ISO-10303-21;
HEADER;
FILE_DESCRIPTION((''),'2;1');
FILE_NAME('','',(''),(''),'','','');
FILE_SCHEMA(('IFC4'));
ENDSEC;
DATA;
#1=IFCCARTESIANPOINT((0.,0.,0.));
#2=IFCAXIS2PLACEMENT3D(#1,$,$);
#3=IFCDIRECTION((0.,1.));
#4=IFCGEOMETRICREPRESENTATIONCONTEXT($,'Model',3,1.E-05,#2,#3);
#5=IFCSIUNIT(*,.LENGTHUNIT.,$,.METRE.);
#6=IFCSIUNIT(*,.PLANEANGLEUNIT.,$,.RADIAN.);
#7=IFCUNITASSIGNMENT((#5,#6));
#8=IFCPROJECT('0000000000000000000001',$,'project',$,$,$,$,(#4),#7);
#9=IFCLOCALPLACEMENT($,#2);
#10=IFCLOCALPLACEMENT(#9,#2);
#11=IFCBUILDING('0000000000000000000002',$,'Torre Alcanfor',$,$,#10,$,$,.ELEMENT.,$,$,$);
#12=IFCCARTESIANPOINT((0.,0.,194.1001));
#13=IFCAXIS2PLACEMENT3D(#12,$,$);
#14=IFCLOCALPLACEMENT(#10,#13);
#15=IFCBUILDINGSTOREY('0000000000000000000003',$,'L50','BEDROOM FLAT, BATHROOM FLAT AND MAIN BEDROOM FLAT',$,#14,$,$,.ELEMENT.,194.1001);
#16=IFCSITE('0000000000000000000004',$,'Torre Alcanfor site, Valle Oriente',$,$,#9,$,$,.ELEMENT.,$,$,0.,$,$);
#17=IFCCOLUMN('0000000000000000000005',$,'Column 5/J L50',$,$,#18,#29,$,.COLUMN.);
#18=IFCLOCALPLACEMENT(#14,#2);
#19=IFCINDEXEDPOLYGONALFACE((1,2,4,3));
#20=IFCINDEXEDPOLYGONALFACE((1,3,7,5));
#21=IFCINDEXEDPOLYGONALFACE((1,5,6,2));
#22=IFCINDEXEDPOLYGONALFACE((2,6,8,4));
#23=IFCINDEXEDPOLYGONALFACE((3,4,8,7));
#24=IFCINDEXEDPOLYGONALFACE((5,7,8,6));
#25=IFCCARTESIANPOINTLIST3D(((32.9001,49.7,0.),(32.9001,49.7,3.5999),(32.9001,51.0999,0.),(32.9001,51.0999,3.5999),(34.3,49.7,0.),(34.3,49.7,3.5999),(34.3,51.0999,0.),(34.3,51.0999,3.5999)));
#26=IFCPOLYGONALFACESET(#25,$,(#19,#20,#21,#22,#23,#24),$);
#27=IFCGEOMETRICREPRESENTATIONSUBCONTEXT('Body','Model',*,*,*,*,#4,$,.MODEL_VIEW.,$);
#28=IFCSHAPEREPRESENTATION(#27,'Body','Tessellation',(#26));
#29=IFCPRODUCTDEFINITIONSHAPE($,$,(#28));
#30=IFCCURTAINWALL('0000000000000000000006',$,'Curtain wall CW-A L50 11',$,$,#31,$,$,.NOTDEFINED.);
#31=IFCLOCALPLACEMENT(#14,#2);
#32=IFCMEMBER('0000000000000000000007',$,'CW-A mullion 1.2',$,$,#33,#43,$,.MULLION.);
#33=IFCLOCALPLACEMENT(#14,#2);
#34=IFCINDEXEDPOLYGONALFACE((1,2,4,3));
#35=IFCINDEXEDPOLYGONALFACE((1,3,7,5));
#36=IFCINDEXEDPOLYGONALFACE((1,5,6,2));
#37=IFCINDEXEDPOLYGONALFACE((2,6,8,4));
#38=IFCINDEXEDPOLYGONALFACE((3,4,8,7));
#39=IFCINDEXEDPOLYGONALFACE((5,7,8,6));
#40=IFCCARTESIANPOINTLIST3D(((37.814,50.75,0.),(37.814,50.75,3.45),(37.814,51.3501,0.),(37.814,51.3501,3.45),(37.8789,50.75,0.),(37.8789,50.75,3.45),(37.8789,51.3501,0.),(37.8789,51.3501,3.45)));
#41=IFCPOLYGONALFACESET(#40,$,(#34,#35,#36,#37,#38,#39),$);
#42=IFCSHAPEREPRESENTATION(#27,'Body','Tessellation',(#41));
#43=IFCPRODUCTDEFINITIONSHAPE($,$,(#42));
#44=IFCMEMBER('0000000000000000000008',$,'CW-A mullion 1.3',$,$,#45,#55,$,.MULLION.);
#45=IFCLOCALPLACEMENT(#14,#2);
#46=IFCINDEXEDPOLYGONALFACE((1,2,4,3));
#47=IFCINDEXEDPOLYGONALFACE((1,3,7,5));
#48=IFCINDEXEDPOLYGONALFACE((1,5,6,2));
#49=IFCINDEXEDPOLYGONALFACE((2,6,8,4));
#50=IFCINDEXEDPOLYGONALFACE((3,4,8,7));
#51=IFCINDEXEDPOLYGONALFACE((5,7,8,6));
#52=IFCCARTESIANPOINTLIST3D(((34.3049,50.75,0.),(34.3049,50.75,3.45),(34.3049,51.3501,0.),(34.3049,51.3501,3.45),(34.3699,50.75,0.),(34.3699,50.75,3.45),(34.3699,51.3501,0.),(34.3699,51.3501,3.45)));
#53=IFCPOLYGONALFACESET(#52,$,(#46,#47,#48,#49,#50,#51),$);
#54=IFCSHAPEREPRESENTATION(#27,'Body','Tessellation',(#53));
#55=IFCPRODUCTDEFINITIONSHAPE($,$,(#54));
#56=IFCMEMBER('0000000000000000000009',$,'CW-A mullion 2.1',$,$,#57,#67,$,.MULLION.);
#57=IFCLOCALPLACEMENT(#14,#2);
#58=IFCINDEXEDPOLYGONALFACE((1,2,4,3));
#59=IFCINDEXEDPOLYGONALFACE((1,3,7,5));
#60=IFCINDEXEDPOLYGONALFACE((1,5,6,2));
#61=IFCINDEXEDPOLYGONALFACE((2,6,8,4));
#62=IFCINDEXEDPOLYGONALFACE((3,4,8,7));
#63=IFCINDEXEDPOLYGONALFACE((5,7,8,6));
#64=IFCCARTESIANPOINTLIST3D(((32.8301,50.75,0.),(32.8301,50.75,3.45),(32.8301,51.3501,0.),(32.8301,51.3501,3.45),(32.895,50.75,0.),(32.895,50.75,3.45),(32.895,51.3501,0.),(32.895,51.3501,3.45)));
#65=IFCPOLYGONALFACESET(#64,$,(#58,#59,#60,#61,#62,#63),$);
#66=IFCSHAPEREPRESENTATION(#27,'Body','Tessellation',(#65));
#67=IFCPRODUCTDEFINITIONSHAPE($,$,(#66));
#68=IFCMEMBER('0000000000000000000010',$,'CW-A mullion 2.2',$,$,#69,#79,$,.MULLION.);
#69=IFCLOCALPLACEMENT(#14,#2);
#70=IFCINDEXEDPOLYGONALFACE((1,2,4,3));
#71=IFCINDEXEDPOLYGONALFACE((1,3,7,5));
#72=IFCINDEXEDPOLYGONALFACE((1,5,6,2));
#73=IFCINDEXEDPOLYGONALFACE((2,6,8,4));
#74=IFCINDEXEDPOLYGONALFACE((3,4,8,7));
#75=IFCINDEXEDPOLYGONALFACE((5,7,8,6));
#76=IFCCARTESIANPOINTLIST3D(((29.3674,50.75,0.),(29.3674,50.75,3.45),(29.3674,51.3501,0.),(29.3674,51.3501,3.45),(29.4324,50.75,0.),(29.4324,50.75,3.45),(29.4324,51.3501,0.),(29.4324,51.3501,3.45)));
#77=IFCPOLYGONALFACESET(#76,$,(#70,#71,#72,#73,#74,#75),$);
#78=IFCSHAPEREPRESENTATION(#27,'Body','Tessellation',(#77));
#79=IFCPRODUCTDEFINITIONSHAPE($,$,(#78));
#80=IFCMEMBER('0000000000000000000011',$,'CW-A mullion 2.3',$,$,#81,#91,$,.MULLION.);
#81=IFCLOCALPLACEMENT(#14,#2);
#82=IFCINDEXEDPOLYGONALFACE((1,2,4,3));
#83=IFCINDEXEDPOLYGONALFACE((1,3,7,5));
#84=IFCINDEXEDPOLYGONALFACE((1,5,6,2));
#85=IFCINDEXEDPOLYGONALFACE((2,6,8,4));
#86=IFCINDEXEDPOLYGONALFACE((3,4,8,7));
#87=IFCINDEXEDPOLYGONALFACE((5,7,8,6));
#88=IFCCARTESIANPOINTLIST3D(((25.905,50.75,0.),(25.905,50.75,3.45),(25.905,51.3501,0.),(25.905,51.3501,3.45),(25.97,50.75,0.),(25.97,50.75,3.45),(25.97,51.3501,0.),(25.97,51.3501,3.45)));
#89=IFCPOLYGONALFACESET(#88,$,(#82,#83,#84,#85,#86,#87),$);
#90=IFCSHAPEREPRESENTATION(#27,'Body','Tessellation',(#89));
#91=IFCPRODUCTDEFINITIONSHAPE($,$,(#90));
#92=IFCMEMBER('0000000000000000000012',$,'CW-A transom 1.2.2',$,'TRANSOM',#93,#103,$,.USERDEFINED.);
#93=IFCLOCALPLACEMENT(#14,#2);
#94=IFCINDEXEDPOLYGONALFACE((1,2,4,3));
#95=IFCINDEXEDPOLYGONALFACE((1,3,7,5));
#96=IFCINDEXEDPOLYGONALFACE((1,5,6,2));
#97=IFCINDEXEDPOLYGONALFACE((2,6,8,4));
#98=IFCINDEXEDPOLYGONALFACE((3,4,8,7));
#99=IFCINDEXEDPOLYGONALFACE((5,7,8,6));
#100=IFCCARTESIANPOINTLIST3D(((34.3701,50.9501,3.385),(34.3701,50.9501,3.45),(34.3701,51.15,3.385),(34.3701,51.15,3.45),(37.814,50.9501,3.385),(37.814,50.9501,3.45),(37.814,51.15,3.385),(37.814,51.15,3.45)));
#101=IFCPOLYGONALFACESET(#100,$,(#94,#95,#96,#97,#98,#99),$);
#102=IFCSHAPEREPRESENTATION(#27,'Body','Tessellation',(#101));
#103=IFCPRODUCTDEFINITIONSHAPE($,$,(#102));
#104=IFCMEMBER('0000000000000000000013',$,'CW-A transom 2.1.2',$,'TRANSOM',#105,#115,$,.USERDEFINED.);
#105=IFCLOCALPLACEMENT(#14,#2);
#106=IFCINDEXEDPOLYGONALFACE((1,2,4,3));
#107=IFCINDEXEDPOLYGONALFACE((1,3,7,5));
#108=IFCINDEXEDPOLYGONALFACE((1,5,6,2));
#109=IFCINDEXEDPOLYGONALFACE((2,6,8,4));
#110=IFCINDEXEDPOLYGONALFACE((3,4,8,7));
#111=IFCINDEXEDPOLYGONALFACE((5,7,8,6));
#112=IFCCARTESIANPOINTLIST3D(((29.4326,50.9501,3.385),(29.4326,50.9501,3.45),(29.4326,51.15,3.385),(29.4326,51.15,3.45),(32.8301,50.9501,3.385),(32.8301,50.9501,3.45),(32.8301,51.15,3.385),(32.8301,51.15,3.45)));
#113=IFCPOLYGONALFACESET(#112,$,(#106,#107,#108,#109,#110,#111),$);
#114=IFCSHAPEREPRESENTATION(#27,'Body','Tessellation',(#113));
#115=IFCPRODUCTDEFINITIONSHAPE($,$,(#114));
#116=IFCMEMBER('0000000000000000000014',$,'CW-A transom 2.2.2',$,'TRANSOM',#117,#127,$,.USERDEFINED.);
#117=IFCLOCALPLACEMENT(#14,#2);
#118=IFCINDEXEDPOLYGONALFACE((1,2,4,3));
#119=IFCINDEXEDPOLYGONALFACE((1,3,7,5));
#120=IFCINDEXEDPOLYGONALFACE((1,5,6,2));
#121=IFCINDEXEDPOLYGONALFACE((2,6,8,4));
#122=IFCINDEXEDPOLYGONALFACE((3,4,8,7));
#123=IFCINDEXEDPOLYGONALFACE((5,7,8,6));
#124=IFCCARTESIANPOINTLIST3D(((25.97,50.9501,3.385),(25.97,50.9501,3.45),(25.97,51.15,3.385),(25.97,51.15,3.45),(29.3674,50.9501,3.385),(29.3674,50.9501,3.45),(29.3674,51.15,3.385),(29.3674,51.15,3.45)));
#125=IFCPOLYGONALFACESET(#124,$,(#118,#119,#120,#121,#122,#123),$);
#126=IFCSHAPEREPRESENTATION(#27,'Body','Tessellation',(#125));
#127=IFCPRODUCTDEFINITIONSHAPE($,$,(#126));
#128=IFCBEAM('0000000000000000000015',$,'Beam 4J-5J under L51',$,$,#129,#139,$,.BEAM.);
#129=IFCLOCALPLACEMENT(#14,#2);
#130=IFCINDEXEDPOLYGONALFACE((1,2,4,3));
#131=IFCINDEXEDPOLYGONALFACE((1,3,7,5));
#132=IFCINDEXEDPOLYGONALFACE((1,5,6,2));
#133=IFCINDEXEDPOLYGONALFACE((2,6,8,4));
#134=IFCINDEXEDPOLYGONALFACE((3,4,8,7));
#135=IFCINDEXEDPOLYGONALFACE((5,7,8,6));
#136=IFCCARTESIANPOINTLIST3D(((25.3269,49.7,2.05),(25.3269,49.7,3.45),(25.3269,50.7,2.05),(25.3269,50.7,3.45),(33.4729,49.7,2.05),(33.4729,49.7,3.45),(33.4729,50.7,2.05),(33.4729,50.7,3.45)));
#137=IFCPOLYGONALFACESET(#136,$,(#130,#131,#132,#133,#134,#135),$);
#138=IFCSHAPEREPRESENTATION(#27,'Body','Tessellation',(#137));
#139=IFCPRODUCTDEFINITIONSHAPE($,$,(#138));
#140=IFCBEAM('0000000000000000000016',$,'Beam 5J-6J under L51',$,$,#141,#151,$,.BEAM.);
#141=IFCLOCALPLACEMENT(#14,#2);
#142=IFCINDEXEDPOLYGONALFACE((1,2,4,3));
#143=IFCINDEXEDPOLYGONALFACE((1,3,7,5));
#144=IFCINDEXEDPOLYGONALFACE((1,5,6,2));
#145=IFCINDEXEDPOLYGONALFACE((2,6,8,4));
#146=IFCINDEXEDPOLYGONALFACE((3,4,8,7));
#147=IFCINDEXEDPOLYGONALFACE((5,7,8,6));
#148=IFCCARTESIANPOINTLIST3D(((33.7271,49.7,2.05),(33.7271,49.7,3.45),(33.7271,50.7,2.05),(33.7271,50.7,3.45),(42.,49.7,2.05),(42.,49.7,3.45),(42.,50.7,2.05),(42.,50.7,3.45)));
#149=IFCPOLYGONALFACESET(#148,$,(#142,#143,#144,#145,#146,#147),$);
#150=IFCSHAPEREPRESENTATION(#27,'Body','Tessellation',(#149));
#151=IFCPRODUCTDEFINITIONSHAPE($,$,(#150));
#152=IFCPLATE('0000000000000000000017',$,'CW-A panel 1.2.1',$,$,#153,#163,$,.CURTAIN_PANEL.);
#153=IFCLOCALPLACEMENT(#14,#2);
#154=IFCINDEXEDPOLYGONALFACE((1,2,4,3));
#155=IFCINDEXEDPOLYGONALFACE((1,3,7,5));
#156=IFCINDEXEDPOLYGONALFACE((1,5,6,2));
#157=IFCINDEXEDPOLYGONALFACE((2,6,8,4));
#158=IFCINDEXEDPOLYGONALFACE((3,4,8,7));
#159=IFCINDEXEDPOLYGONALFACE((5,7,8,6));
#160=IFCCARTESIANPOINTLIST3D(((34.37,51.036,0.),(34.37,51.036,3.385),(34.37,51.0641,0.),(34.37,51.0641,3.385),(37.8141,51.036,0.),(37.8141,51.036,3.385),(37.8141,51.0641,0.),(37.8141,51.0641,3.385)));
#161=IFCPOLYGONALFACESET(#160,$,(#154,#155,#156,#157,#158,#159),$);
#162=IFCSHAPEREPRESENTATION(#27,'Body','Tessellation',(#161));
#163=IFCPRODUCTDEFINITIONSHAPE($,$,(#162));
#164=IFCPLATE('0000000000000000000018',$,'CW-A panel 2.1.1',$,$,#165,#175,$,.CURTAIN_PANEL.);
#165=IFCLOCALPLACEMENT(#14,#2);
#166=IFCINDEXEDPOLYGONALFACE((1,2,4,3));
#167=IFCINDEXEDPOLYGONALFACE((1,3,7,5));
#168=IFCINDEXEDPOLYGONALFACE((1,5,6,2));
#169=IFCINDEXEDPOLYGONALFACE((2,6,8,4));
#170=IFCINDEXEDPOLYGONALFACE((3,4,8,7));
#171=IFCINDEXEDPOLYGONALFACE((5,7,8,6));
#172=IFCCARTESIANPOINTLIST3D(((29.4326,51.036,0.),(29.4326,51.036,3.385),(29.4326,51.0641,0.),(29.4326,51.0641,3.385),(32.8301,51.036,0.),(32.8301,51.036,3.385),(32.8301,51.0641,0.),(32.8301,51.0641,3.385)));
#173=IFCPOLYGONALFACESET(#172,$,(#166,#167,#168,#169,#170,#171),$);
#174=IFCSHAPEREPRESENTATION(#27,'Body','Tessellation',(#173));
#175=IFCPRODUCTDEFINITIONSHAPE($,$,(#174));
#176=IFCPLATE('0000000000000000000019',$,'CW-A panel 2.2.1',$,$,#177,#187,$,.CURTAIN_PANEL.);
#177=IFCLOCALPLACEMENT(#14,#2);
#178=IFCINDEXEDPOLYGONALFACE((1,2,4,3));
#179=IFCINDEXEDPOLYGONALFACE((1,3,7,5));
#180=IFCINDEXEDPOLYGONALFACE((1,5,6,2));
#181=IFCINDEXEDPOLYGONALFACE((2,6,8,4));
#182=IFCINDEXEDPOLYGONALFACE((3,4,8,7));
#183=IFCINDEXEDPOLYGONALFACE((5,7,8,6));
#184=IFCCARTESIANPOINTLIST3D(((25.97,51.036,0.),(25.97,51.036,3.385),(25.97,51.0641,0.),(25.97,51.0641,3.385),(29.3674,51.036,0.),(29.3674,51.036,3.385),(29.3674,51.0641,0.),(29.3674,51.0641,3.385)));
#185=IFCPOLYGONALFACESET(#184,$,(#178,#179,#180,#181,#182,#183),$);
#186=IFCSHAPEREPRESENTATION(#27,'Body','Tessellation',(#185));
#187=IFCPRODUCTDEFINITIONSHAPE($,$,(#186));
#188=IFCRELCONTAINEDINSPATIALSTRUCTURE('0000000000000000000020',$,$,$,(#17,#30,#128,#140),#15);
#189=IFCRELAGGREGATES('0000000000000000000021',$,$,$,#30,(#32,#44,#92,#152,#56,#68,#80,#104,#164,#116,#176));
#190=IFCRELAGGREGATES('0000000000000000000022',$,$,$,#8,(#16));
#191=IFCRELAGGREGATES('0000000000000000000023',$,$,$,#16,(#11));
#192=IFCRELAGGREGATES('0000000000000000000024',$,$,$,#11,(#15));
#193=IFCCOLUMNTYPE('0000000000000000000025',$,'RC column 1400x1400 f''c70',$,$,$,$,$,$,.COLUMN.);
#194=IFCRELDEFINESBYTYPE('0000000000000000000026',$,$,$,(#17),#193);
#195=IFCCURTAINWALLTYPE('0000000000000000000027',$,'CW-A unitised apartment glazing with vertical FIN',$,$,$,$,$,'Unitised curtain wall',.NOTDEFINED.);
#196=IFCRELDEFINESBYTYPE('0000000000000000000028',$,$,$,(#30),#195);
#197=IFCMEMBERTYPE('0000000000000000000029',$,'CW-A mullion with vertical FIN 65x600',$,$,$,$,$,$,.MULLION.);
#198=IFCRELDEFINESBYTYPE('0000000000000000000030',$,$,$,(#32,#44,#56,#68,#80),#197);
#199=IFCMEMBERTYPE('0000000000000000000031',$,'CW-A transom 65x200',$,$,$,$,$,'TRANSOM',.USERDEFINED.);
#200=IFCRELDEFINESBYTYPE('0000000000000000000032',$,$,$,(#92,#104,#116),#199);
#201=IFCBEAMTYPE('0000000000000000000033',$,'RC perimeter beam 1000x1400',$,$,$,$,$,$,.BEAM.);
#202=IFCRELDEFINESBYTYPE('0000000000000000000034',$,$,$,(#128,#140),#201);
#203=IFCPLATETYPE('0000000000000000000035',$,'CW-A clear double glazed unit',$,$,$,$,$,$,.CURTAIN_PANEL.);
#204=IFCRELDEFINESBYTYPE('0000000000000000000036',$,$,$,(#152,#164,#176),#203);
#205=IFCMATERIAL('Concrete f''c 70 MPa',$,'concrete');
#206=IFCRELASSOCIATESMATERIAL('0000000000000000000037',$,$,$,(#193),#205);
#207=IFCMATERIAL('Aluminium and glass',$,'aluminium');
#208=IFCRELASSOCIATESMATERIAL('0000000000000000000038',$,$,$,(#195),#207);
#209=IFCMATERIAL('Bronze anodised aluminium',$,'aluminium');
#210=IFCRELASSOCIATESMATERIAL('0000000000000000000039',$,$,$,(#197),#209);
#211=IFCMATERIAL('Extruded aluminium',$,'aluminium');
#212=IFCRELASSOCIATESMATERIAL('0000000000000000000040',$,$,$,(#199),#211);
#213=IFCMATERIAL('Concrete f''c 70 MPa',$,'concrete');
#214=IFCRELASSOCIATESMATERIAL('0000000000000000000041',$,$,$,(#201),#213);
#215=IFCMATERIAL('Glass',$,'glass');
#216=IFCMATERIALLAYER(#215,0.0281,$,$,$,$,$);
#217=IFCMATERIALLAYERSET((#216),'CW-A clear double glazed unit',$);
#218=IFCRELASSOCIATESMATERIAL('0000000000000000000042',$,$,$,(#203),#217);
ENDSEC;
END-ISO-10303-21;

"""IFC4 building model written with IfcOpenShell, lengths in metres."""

from ifc_helpers import new_model, si_unit, direction, frame, origin, origin_2d, place, context, subcontext, project, spatial, rectangle, extrude, material, layer, layer_set, material_profile, profile_set, type_object, element, aggregate, save


model = new_model("IFC4")

# Units and contexts
model_context = context("Model", 3, precision=1e-05, world=origin(), true_north=direction((0.0, 1.0)))
body_context = subcontext(model_context, "Body", "Model", "MODEL_VIEW")
ifc_project = project(units=[si_unit("LENGTHUNIT", "METRE"), si_unit("PLANEANGLEUNIT", "RADIAN")], contexts=[model_context])

# Site, building, storey
site_placement = place(None, origin())
site = spatial("IfcSite", under=ifc_project, at=site_placement, Name="Torre Alcanfor site, Valle Oriente", CompositionType="ELEMENT", RefElevation=0.0)
building_placement = place(site_placement, origin())
building = spatial("IfcBuilding", under=site, at=building_placement, Name="Torre Alcanfor", CompositionType="ELEMENT")
storey_placement = place(building_placement, frame((0.0, 0.0, 194.1001)))
storey = spatial("IfcBuildingStorey", under=building, at=storey_placement, Name="L50", Description="BEDROOM FLAT, BATHROOM FLAT AND MAIN BEDROOM FLAT", CompositionType="ELEMENT", Elevation=194.1001)

# Column
ifc_material_1 = material(Name="Concrete f'c 70 MPa", Category="concrete")
ifc_material_profile_1 = material_profile(ifc_material_1, rectangle(XDim=1.3999, YDim=1.3999, at=origin_2d()), Name="1400x1400")
ifc_profile_set_1 = profile_set([ifc_material_profile_1], Name="Concrete f'c 70 MPa")
column_type = type_object("IfcColumnType", Name="RC column 1400x1400 f'c70", PredefinedType="COLUMN", material=ifc_profile_set_1)
column_placement = place(storey_placement, frame((33.6001, 50.3999, 0.0), z_axis=(0.0, 0.0, 1.0), x_axis=(1.0, 0.0, 0.0)))
element("IfcColumn", 1, at=column_placement, inside=storey, type_object=column_type, Name="Column 5/J L50", PredefinedType="COLUMN", context=body_context, shape_type="SweptSolid", body=[
    extrude(rectangle(XDim=1.3999, YDim=1.3999, at=origin_2d()), origin(), (0.0, 0.0, 1.0), 3.5999),
])

# Curtain wall, members
ifc_material_2 = material(Name="Aluminium and glass", Category="aluminium")
curtain_wall_type = type_object("IfcCurtainWallType", Name="CW-A unitised apartment glazing with vertical FIN", ElementType="Unitised curtain wall", PredefinedType="NOTDEFINED", material=ifc_material_2)
curtain_wall_placement = place(storey_placement, origin())
curtain_wall = element("IfcCurtainWall", 2, at=curtain_wall_placement, inside=storey, type_object=curtain_wall_type, Name="Curtain wall CW-A L50 11", PredefinedType="NOTDEFINED")
ifc_material_3 = material(Name="Bronze anodised aluminium", Category="aluminium")
ifc_material_profile_2 = material_profile(ifc_material_3, rectangle(XDim=0.6001, YDim=0.0649, at=origin_2d()), Name="CW-A mullion 65x600")
ifc_profile_set_2 = profile_set([ifc_material_profile_2], Name="Bronze anodised aluminium")
member_type_1 = type_object("IfcMemberType", Name="CW-A mullion with vertical FIN 65x600", PredefinedType="MULLION", material=ifc_profile_set_2)
member_1_placement = place(storey_placement, frame((37.8464, 51.05, 0.0), z_axis=(0.0, 0.0, 1.0), x_axis=(0.0, -1.0, 0.0)))
member_1 = element("IfcMember", 3, at=member_1_placement, type_object=member_type_1, Name="CW-A mullion 1.2", PredefinedType="MULLION", context=body_context, shape_type="SweptSolid", body=[
    extrude(rectangle(XDim=0.6001, YDim=0.0649, at=origin_2d()), origin(), (0.0, 0.0, 1.0), 3.45),
])
member_2_placement = place(storey_placement, frame((34.3374, 51.05, 0.0), z_axis=(0.0, 0.0, 1.0), x_axis=(0.0, -1.0, 0.0)))
member_2 = element("IfcMember", 4, at=member_2_placement, type_object=member_type_1, Name="CW-A mullion 1.3", PredefinedType="MULLION", context=body_context, shape_type="SweptSolid", body=[
    extrude(rectangle(XDim=0.6001, YDim=0.0649, at=origin_2d()), origin(), (0.0, 0.0, 1.0), 3.45),
])
member_3_placement = place(storey_placement, frame((32.8625, 51.05, 0.0), z_axis=(0.0, 0.0, 1.0), x_axis=(0.0, -1.0, 0.0)))
member_3 = element("IfcMember", 5, at=member_3_placement, type_object=member_type_1, Name="CW-A mullion 2.1", PredefinedType="MULLION", context=body_context, shape_type="SweptSolid", body=[
    extrude(rectangle(XDim=0.6001, YDim=0.0649, at=origin_2d()), origin(), (0.0, 0.0, 1.0), 3.45),
])
member_4_placement = place(storey_placement, frame((29.3999, 51.05, 0.0), z_axis=(0.0, 0.0, 1.0), x_axis=(0.0, -1.0, 0.0)))
member_4 = element("IfcMember", 6, at=member_4_placement, type_object=member_type_1, Name="CW-A mullion 2.2", PredefinedType="MULLION", context=body_context, shape_type="SweptSolid", body=[
    extrude(rectangle(XDim=0.6001, YDim=0.0649, at=origin_2d()), origin(), (0.0, 0.0, 1.0), 3.45),
])
member_5_placement = place(storey_placement, frame((25.9375, 51.05, 0.0), z_axis=(0.0, 0.0, 1.0), x_axis=(0.0, -1.0, 0.0)))
member_5 = element("IfcMember", 7, at=member_5_placement, type_object=member_type_1, Name="CW-A mullion 2.3", PredefinedType="MULLION", context=body_context, shape_type="SweptSolid", body=[
    extrude(rectangle(XDim=0.6001, YDim=0.0649, at=origin_2d()), origin(), (0.0, 0.0, 1.0), 3.45),
])
ifc_material_4 = material(Name="Extruded aluminium", Category="aluminium")
ifc_material_profile_3 = material_profile(ifc_material_4, rectangle(XDim=0.2, YDim=0.0649, at=origin_2d()), Name="CW-A transom 200x65")
ifc_profile_set_3 = profile_set([ifc_material_profile_3], Name="Extruded aluminium")
member_type_2 = type_object("IfcMemberType", Name="CW-A transom 65x200", ElementType="TRANSOM", PredefinedType="USERDEFINED", material=ifc_profile_set_3)
member_6_placement = place(storey_placement, frame((37.814, 51.05, 3.4175), z_axis=(-1.0, 0.0, 0.0), x_axis=(0.0, -1.0, 0.0)))
member_6 = element("IfcMember", 8, at=member_6_placement, type_object=member_type_2, Name="CW-A transom 1.2.2", ObjectType="TRANSOM", PredefinedType="USERDEFINED", context=body_context, shape_type="SweptSolid", body=[
    extrude(rectangle(XDim=0.2, YDim=0.0649, at=origin_2d()), origin(), (0.0, 0.0, 1.0), 3.4438),
])
member_7_placement = place(storey_placement, frame((32.8301, 51.05, 3.4175), z_axis=(-1.0, 0.0, 0.0), x_axis=(0.0, -1.0, 0.0)))
member_7 = element("IfcMember", 9, at=member_7_placement, type_object=member_type_2, Name="CW-A transom 2.1.2", ObjectType="TRANSOM", PredefinedType="USERDEFINED", context=body_context, shape_type="SweptSolid", body=[
    extrude(rectangle(XDim=0.2, YDim=0.0649, at=origin_2d()), origin(), (0.0, 0.0, 1.0), 3.3975),
])
member_8_placement = place(storey_placement, frame((29.3674, 51.05, 3.4175), z_axis=(-1.0, 0.0, 0.0), x_axis=(0.0, -1.0, 0.0)))
member_8 = element("IfcMember", 10, at=member_8_placement, type_object=member_type_2, Name="CW-A transom 2.2.2", ObjectType="TRANSOM", PredefinedType="USERDEFINED", context=body_context, shape_type="SweptSolid", body=[
    extrude(rectangle(XDim=0.2, YDim=0.0649, at=origin_2d()), origin(), (0.0, 0.0, 1.0), 3.3975),
])

# Beams
ifc_material_5 = material(Name="Concrete f'c 70 MPa", Category="concrete")
ifc_material_profile_4 = material_profile(ifc_material_5, rectangle(XDim=1.0, YDim=1.3999, at=origin_2d()), Name="1000x1400")
ifc_profile_set_4 = profile_set([ifc_material_profile_4], Name="Concrete f'c 70 MPa")
beam_type = type_object("IfcBeamType", Name="RC perimeter beam 1000x1400", PredefinedType="BEAM", material=ifc_profile_set_4)
beam_1_placement = place(storey_placement, frame((25.3269, 50.2, 2.75), z_axis=(1.0, 0.0, 0.0), x_axis=(0.0, 1.0, 0.0)))
element("IfcBeam", 11, at=beam_1_placement, inside=storey, type_object=beam_type, Name="Beam 4J-5J under L51", PredefinedType="BEAM", context=body_context, shape_type="SweptSolid", body=[
    extrude(rectangle(XDim=1.0, YDim=1.3999, at=origin_2d()), origin(), (0.0, 0.0, 1.0), 8.146),
])
beam_2_placement = place(storey_placement, frame((33.7271, 50.2, 2.75), z_axis=(1.0, 0.0, 0.0), x_axis=(0.0, 1.0, 0.0)))
element("IfcBeam", 12, at=beam_2_placement, inside=storey, type_object=beam_type, Name="Beam 5J-6J under L51", PredefinedType="BEAM", context=body_context, shape_type="SweptSolid", body=[
    extrude(rectangle(XDim=1.0, YDim=1.3999, at=origin_2d()), origin(), (0.0, 0.0, 1.0), 8.2729),
])

# Plates
ifc_material_6 = material(Name="Glass", Category="glass")
ifc_layer_1 = layer(ifc_material_6, 0.0281)
ifc_layer_set_1 = layer_set([ifc_layer_1], Name="CW-A clear double glazed unit")
plate_type = type_object("IfcPlateType", Name="CW-A clear double glazed unit", PredefinedType="CURTAIN_PANEL", material=ifc_layer_set_1)
plate_1_placement = place(storey_placement, frame((36.092, 51.05, 0.0), z_axis=(0.0, 0.0, 1.0), x_axis=(-1.0, 0.0, 0.0)))
plate_1 = element("IfcPlate", 13, at=plate_1_placement, type_object=plate_type, Name="CW-A panel 1.2.1", PredefinedType="CURTAIN_PANEL", context=body_context, shape_type="SweptSolid", body=[
    extrude(rectangle(XDim=3.4441, YDim=0.0281, at=origin_2d()), origin(), (0.0, 0.0, 1.0), 3.385),
])
plate_2_placement = place(storey_placement, frame((31.1313, 51.05, 0.0), z_axis=(0.0, 0.0, 1.0), x_axis=(-1.0, 0.0, 0.0)))
plate_2 = element("IfcPlate", 14, at=plate_2_placement, type_object=plate_type, Name="CW-A panel 2.1.1", PredefinedType="CURTAIN_PANEL", context=body_context, shape_type="SweptSolid", body=[
    extrude(rectangle(XDim=3.3975, YDim=0.0281, at=origin_2d()), origin(), (0.0, 0.0, 1.0), 3.385),
])
plate_3_placement = place(storey_placement, frame((27.6687, 51.05, 0.0), z_axis=(0.0, 0.0, 1.0), x_axis=(-1.0, 0.0, 0.0)))
plate_3 = element("IfcPlate", 15, at=plate_3_placement, type_object=plate_type, Name="CW-A panel 2.2.1", PredefinedType="CURTAIN_PANEL", context=body_context, shape_type="SweptSolid", body=[
    extrude(rectangle(XDim=3.3975, YDim=0.0281, at=origin_2d()), origin(), (0.0, 0.0, 1.0), 3.385),
])
aggregate(curtain_wall, [member_1, member_2, member_6, plate_1, member_3, member_4, member_5, member_7, plate_2, member_8, plate_3])

save(model, "model.ifc")
